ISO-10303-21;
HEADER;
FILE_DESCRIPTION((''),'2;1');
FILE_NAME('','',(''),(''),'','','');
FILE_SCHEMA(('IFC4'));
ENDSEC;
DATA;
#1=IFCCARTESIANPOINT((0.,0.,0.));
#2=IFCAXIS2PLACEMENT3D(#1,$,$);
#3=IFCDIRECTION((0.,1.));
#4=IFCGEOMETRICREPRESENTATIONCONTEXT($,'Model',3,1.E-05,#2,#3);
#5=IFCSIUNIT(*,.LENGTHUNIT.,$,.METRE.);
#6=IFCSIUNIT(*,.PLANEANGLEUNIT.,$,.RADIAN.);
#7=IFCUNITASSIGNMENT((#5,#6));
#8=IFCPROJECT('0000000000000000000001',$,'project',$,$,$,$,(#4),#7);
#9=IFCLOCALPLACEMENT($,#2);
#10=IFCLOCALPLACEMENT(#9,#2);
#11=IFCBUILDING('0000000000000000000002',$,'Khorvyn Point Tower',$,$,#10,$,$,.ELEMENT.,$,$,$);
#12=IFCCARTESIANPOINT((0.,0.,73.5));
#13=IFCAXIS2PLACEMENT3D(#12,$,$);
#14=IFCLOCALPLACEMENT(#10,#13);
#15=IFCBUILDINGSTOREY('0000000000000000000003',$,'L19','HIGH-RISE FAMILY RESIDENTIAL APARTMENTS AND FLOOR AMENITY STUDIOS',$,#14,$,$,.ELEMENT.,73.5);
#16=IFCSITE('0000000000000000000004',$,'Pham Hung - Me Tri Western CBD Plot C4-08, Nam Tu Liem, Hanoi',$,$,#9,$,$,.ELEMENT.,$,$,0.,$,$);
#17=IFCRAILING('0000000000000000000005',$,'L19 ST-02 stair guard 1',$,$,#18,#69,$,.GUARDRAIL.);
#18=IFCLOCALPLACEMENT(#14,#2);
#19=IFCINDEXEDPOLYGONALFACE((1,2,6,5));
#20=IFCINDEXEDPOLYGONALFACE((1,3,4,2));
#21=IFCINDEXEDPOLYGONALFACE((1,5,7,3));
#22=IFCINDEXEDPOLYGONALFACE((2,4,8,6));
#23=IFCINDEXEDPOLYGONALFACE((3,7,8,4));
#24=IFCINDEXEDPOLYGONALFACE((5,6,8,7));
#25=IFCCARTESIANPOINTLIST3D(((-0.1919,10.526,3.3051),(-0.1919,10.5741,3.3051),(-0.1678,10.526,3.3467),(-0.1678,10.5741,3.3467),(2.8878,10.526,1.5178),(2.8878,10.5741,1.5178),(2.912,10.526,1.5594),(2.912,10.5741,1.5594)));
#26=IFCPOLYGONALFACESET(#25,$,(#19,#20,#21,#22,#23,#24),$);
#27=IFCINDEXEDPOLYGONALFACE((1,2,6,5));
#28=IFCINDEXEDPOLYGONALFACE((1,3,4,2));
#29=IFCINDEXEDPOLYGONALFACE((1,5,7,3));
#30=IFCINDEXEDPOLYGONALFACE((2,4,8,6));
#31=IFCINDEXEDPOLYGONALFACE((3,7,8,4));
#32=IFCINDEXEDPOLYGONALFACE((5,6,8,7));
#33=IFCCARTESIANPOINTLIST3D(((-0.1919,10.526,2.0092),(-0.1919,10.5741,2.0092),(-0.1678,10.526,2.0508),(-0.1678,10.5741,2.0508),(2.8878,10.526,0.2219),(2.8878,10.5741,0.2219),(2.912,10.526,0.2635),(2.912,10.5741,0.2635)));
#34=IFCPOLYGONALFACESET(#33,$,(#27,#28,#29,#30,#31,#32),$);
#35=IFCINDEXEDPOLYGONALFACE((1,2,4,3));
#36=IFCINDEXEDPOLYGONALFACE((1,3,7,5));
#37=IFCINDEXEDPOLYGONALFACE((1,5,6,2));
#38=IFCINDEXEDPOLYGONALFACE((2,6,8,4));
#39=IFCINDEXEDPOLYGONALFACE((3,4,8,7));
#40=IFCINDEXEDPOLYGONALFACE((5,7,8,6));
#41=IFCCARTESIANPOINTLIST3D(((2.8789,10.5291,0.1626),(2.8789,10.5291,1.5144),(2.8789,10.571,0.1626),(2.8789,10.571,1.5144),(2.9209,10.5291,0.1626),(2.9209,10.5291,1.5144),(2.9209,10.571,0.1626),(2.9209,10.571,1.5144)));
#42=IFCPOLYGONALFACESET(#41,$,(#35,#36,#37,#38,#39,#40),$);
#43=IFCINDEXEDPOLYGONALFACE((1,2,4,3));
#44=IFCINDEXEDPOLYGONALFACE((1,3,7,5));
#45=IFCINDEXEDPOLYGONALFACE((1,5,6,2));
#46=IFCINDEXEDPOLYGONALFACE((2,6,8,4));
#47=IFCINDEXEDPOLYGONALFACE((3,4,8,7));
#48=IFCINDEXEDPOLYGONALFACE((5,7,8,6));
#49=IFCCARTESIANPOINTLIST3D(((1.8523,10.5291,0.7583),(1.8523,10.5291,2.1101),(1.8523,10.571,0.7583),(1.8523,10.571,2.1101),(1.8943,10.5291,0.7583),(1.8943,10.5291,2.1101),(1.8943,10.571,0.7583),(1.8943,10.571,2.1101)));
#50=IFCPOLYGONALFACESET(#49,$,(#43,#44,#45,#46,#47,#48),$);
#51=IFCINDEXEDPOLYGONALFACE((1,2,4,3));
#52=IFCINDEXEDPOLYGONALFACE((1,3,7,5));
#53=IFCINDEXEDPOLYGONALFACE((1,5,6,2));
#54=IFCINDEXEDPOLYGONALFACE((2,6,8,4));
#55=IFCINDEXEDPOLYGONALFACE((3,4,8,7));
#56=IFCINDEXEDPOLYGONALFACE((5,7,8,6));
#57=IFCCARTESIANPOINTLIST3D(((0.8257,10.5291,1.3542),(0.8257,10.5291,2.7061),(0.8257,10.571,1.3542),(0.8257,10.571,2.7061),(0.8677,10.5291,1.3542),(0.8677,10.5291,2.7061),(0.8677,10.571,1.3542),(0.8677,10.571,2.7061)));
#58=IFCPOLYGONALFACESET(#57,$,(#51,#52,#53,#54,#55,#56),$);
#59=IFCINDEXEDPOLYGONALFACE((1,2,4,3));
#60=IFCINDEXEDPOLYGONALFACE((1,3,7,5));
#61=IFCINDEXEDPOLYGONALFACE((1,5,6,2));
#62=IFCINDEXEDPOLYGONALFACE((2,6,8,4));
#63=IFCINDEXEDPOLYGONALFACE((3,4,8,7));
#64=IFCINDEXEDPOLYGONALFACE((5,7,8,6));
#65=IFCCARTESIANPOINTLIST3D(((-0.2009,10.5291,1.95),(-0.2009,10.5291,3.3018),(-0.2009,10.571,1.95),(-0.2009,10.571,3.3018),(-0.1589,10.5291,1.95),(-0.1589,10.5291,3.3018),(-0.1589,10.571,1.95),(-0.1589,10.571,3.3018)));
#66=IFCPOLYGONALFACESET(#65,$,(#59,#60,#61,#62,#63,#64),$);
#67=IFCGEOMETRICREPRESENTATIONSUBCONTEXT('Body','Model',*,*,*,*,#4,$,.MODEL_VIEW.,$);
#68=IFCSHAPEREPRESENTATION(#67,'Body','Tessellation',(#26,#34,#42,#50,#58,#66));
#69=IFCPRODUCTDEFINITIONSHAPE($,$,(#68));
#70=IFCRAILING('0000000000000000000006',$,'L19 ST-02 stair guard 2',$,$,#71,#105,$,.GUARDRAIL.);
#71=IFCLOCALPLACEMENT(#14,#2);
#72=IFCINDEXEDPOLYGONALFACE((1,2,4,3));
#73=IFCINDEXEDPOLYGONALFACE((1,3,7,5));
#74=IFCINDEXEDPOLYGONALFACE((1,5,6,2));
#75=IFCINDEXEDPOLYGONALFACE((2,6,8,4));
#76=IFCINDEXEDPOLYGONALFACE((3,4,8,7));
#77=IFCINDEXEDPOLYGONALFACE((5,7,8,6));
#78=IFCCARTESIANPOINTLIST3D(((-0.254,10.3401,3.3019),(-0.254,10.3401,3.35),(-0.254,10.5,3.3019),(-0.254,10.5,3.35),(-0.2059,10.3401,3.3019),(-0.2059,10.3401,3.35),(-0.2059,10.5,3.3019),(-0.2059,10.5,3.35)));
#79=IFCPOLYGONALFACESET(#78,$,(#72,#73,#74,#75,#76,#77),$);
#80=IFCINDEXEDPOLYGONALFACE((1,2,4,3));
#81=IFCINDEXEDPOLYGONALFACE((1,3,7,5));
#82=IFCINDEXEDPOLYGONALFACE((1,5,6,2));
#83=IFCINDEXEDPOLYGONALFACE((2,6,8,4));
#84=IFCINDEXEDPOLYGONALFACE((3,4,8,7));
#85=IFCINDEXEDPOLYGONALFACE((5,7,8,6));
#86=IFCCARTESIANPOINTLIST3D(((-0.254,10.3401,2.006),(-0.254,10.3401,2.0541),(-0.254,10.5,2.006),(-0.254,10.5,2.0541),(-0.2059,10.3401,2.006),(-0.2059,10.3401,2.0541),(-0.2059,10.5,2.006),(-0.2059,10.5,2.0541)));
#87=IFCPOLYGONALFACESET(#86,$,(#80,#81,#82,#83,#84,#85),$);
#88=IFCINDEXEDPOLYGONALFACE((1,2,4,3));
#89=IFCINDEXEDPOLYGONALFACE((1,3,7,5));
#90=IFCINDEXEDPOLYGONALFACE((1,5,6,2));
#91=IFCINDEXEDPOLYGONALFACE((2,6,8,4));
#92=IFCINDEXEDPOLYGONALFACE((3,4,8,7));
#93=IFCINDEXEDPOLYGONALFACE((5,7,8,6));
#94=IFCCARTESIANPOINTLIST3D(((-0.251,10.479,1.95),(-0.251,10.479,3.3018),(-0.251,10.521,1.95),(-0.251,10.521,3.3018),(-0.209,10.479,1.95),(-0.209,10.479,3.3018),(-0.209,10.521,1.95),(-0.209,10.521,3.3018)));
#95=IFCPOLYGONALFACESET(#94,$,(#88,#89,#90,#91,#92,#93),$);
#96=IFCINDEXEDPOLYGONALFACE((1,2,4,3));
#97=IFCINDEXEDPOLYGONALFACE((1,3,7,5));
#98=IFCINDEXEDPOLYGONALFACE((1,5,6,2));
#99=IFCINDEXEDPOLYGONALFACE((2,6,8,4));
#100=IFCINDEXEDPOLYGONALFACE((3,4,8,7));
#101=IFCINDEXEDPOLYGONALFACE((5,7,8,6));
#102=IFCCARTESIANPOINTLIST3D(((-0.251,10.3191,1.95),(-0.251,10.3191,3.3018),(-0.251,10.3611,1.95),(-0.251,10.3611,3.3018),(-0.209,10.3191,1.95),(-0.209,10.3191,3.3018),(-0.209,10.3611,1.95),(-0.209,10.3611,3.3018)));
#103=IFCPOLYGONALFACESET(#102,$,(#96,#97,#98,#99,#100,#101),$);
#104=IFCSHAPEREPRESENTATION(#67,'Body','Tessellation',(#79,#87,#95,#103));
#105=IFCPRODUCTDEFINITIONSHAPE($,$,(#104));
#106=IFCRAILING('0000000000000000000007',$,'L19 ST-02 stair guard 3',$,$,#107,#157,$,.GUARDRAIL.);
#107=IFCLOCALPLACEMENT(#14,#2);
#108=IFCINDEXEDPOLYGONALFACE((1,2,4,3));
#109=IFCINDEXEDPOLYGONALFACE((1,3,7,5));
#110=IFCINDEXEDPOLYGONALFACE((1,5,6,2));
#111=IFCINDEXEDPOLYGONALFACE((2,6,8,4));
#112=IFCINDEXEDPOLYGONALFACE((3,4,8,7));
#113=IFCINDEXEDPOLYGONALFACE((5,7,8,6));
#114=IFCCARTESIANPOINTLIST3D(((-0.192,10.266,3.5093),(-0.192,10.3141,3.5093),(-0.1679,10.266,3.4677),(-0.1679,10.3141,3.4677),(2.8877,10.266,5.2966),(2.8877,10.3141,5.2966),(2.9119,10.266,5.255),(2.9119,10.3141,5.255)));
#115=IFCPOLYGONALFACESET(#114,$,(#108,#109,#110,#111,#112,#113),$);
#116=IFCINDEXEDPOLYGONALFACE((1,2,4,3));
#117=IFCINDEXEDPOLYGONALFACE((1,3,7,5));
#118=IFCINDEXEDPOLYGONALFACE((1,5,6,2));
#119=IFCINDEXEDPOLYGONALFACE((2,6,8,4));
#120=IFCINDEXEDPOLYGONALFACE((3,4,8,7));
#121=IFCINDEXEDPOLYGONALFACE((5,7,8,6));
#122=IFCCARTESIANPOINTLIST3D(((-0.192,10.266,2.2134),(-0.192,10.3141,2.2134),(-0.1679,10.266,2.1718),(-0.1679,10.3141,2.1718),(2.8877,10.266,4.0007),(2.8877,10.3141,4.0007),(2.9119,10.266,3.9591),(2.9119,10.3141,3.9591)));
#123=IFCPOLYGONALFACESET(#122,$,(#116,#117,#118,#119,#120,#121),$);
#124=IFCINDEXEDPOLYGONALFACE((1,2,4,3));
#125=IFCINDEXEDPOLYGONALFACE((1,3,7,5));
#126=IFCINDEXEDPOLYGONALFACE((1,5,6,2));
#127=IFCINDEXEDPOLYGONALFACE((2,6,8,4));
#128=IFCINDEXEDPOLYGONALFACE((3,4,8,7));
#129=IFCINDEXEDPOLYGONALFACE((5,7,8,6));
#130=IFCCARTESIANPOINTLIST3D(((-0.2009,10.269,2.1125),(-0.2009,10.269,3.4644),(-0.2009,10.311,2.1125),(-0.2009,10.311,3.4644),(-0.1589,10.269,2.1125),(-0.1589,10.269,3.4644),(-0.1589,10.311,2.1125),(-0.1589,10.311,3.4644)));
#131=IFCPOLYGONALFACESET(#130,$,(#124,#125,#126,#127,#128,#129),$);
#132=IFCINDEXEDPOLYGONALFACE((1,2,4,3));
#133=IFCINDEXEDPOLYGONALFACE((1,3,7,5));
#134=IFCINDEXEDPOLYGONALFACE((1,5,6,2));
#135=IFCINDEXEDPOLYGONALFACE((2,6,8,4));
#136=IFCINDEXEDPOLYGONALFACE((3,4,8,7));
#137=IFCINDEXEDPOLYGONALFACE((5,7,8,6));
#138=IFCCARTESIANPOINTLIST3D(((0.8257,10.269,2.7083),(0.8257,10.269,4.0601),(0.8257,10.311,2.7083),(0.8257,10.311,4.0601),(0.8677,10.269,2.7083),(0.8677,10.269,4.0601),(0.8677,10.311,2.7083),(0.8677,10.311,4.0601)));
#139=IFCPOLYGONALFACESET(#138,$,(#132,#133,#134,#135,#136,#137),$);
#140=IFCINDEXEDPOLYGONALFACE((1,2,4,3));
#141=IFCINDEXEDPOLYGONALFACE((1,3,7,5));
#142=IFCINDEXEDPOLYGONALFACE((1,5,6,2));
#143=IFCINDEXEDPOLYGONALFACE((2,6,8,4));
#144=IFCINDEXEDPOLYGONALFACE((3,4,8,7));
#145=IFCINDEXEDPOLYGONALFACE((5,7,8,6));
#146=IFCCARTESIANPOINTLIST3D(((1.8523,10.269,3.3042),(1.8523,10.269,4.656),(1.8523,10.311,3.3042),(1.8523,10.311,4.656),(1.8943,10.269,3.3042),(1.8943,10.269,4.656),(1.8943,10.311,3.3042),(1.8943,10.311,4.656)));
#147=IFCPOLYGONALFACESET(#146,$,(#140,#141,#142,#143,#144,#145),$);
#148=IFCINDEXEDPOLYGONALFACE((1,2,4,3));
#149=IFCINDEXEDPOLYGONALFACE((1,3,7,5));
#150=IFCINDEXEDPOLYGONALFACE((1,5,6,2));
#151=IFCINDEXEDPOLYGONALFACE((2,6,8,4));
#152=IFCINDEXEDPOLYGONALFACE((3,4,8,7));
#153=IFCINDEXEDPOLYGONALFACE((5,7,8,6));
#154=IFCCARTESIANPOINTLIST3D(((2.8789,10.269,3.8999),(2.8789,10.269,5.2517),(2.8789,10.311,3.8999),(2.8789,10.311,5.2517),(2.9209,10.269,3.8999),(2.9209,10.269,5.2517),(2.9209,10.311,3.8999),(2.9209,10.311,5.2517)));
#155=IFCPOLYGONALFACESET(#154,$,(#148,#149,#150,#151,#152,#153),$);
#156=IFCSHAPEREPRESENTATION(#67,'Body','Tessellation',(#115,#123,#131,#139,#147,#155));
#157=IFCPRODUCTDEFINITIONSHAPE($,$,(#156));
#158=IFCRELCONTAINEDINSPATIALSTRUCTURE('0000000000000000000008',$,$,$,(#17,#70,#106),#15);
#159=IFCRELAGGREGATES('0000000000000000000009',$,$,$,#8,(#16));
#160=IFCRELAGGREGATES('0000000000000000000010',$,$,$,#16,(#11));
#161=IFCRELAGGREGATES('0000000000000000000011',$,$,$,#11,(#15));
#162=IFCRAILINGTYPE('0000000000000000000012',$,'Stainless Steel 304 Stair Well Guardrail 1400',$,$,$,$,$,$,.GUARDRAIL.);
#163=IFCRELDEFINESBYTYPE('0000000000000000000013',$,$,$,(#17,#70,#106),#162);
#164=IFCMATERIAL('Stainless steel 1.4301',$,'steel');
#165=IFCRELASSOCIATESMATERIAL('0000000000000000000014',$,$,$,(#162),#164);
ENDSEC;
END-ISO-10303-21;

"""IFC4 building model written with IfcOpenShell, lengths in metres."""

from ifc_helpers import new_model, si_unit, direction, frame, origin, origin_2d, place, context, subcontext, project, spatial, rectangle, extrude, material, type_object, element, save


model = new_model("IFC4")

# Units and contexts
model_context = context("Model", 3, precision=1e-05, world=origin(), true_north=direction((0.0, 1.0)))
body_context = subcontext(model_context, "Body", "Model", "MODEL_VIEW")
ifc_project = project(units=[si_unit("LENGTHUNIT", "METRE"), si_unit("PLANEANGLEUNIT", "RADIAN")], contexts=[model_context])

# Site, building, storey
site_placement = place(None, origin())
site = spatial("IfcSite", under=ifc_project, at=site_placement, Name="Pham Hung - Me Tri Western CBD Plot C4-08, Nam Tu Liem, Hanoi", CompositionType="ELEMENT", RefElevation=0.0)
building_placement = place(site_placement, origin())
building = spatial("IfcBuilding", under=site, at=building_placement, Name="Khorvyn Point Tower", CompositionType="ELEMENT")
storey_placement = place(building_placement, frame((0.0, 0.0, 73.5)))
storey = spatial("IfcBuildingStorey", under=building, at=storey_placement, Name="L19", Description="HIGH-RISE FAMILY RESIDENTIAL APARTMENTS AND FLOOR AMENITY STUDIOS", CompositionType="ELEMENT", Elevation=73.5)

# Shared definitions
ifc_material_1 = material(Name="Stainless steel 1.4301", Category="steel")

# Railings
railing_type_1 = type_object("IfcRailingType", Name="Stainless Steel 304 Stair Well Guardrail 1400", PredefinedType="GUARDRAIL", material=ifc_material_1)
railing_1_placement = place(storey_placement, frame((2.8999, 10.55, 0.1626)))
element("IfcRailing", 1, at=railing_1_placement, inside=storey, type_object=railing_type_1, Name="L19 ST-02 stair guard 1", PredefinedType="GUARDRAIL", context=body_context, shape_type="SweptSolid", body=[
    extrude(rectangle(XDim=0.0481, YDim=0.0481, at=origin_2d()), frame((0.0, 0.0, 1.376), z_axis=(-0.864903, 0.0, 0.501939), x_axis=(0.0, -1.0, 0.0)), (0.0, 0.0, 1.0), 3.5608),
    extrude(rectangle(XDim=0.0481, YDim=0.0481, at=origin_2d()), frame((0.0, 0.0, 0.0801), z_axis=(-0.864903, 0.0, 0.501939), x_axis=(0.0, -1.0, 0.0)), (0.0, 0.0, 1.0), 3.5608),
    extrude(rectangle(XDim=0.042, YDim=0.042, at=origin_2d()), origin(), (0.0, 0.0, 1.0), 1.3518),
    extrude(rectangle(XDim=0.042, YDim=0.042, at=origin_2d()), frame((-1.0266, 0.0, 0.5957)), (0.0, 0.0, 1.0), 1.3518),
    extrude(rectangle(XDim=0.042, YDim=0.042, at=origin_2d()), frame((-2.0532, 0.0, 1.1917)), (0.0, 0.0, 1.0), 1.3518),
    extrude(rectangle(XDim=0.042, YDim=0.042, at=origin_2d()), frame((-3.0798, 0.0, 1.7874)), (0.0, 0.0, 1.0), 1.3518),
])
railing_2_placement = place(storey_placement, frame((-0.23, 10.5, 1.95)))
element("IfcRailing", 2, at=railing_2_placement, inside=storey, type_object=railing_type_1, Name="L19 ST-02 stair guard 2", PredefinedType="GUARDRAIL", context=body_context, shape_type="SweptSolid", body=[
    extrude(rectangle(XDim=0.0481, YDim=0.0481, at=origin_2d()), frame((0.0, 0.0, 1.376), z_axis=(0.0, -1.0, 0.0), x_axis=(1.0, 0.0, 0.0)), (0.0, 0.0, 1.0), 0.1599),
    extrude(rectangle(XDim=0.0481, YDim=0.0481, at=origin_2d()), frame((0.0, 0.0, 0.0801), z_axis=(0.0, -1.0, 0.0), x_axis=(1.0, 0.0, 0.0)), (0.0, 0.0, 1.0), 0.1599),
    extrude(rectangle(XDim=0.042, YDim=0.042, at=origin_2d()), origin(), (0.0, 0.0, 1.0), 1.3518),
    extrude(rectangle(XDim=0.042, YDim=0.042, at=origin_2d()), frame((0.0, -0.1599, 0.0)), (0.0, 0.0, 1.0), 1.3518),
])
railing_3_placement = place(storey_placement, frame((-0.1799, 10.29, 2.1125)))
element("IfcRailing", 3, at=railing_3_placement, inside=storey, type_object=railing_type_1, Name="L19 ST-02 stair guard 3", PredefinedType="GUARDRAIL", context=body_context, shape_type="SweptSolid", body=[
    extrude(rectangle(XDim=0.0481, YDim=0.0481, at=origin_2d()), frame((0.0, 0.0, 1.376), z_axis=(0.864903, 0.0, 0.501939), x_axis=(0.0, 1.0, 0.0)), (0.0, 0.0, 1.0), 3.5608),
    extrude(rectangle(XDim=0.0481, YDim=0.0481, at=origin_2d()), frame((0.0, 0.0, 0.0801), z_axis=(0.864903, 0.0, 0.501939), x_axis=(0.0, 1.0, 0.0)), (0.0, 0.0, 1.0), 3.5608),
    extrude(rectangle(XDim=0.042, YDim=0.042, at=origin_2d()), origin(), (0.0, 0.0, 1.0), 1.3518),
    extrude(rectangle(XDim=0.042, YDim=0.042, at=origin_2d()), frame((1.0266, 0.0, 0.5957)), (0.0, 0.0, 1.0), 1.3518),
    extrude(rectangle(XDim=0.042, YDim=0.042, at=origin_2d()), frame((2.0532, 0.0, 1.1917)), (0.0, 0.0, 1.0), 1.3518),
    extrude(rectangle(XDim=0.042, YDim=0.042, at=origin_2d()), frame((3.0798, 0.0, 1.7874)), (0.0, 0.0, 1.0), 1.3518),
])

save(model, "model.ifc")
